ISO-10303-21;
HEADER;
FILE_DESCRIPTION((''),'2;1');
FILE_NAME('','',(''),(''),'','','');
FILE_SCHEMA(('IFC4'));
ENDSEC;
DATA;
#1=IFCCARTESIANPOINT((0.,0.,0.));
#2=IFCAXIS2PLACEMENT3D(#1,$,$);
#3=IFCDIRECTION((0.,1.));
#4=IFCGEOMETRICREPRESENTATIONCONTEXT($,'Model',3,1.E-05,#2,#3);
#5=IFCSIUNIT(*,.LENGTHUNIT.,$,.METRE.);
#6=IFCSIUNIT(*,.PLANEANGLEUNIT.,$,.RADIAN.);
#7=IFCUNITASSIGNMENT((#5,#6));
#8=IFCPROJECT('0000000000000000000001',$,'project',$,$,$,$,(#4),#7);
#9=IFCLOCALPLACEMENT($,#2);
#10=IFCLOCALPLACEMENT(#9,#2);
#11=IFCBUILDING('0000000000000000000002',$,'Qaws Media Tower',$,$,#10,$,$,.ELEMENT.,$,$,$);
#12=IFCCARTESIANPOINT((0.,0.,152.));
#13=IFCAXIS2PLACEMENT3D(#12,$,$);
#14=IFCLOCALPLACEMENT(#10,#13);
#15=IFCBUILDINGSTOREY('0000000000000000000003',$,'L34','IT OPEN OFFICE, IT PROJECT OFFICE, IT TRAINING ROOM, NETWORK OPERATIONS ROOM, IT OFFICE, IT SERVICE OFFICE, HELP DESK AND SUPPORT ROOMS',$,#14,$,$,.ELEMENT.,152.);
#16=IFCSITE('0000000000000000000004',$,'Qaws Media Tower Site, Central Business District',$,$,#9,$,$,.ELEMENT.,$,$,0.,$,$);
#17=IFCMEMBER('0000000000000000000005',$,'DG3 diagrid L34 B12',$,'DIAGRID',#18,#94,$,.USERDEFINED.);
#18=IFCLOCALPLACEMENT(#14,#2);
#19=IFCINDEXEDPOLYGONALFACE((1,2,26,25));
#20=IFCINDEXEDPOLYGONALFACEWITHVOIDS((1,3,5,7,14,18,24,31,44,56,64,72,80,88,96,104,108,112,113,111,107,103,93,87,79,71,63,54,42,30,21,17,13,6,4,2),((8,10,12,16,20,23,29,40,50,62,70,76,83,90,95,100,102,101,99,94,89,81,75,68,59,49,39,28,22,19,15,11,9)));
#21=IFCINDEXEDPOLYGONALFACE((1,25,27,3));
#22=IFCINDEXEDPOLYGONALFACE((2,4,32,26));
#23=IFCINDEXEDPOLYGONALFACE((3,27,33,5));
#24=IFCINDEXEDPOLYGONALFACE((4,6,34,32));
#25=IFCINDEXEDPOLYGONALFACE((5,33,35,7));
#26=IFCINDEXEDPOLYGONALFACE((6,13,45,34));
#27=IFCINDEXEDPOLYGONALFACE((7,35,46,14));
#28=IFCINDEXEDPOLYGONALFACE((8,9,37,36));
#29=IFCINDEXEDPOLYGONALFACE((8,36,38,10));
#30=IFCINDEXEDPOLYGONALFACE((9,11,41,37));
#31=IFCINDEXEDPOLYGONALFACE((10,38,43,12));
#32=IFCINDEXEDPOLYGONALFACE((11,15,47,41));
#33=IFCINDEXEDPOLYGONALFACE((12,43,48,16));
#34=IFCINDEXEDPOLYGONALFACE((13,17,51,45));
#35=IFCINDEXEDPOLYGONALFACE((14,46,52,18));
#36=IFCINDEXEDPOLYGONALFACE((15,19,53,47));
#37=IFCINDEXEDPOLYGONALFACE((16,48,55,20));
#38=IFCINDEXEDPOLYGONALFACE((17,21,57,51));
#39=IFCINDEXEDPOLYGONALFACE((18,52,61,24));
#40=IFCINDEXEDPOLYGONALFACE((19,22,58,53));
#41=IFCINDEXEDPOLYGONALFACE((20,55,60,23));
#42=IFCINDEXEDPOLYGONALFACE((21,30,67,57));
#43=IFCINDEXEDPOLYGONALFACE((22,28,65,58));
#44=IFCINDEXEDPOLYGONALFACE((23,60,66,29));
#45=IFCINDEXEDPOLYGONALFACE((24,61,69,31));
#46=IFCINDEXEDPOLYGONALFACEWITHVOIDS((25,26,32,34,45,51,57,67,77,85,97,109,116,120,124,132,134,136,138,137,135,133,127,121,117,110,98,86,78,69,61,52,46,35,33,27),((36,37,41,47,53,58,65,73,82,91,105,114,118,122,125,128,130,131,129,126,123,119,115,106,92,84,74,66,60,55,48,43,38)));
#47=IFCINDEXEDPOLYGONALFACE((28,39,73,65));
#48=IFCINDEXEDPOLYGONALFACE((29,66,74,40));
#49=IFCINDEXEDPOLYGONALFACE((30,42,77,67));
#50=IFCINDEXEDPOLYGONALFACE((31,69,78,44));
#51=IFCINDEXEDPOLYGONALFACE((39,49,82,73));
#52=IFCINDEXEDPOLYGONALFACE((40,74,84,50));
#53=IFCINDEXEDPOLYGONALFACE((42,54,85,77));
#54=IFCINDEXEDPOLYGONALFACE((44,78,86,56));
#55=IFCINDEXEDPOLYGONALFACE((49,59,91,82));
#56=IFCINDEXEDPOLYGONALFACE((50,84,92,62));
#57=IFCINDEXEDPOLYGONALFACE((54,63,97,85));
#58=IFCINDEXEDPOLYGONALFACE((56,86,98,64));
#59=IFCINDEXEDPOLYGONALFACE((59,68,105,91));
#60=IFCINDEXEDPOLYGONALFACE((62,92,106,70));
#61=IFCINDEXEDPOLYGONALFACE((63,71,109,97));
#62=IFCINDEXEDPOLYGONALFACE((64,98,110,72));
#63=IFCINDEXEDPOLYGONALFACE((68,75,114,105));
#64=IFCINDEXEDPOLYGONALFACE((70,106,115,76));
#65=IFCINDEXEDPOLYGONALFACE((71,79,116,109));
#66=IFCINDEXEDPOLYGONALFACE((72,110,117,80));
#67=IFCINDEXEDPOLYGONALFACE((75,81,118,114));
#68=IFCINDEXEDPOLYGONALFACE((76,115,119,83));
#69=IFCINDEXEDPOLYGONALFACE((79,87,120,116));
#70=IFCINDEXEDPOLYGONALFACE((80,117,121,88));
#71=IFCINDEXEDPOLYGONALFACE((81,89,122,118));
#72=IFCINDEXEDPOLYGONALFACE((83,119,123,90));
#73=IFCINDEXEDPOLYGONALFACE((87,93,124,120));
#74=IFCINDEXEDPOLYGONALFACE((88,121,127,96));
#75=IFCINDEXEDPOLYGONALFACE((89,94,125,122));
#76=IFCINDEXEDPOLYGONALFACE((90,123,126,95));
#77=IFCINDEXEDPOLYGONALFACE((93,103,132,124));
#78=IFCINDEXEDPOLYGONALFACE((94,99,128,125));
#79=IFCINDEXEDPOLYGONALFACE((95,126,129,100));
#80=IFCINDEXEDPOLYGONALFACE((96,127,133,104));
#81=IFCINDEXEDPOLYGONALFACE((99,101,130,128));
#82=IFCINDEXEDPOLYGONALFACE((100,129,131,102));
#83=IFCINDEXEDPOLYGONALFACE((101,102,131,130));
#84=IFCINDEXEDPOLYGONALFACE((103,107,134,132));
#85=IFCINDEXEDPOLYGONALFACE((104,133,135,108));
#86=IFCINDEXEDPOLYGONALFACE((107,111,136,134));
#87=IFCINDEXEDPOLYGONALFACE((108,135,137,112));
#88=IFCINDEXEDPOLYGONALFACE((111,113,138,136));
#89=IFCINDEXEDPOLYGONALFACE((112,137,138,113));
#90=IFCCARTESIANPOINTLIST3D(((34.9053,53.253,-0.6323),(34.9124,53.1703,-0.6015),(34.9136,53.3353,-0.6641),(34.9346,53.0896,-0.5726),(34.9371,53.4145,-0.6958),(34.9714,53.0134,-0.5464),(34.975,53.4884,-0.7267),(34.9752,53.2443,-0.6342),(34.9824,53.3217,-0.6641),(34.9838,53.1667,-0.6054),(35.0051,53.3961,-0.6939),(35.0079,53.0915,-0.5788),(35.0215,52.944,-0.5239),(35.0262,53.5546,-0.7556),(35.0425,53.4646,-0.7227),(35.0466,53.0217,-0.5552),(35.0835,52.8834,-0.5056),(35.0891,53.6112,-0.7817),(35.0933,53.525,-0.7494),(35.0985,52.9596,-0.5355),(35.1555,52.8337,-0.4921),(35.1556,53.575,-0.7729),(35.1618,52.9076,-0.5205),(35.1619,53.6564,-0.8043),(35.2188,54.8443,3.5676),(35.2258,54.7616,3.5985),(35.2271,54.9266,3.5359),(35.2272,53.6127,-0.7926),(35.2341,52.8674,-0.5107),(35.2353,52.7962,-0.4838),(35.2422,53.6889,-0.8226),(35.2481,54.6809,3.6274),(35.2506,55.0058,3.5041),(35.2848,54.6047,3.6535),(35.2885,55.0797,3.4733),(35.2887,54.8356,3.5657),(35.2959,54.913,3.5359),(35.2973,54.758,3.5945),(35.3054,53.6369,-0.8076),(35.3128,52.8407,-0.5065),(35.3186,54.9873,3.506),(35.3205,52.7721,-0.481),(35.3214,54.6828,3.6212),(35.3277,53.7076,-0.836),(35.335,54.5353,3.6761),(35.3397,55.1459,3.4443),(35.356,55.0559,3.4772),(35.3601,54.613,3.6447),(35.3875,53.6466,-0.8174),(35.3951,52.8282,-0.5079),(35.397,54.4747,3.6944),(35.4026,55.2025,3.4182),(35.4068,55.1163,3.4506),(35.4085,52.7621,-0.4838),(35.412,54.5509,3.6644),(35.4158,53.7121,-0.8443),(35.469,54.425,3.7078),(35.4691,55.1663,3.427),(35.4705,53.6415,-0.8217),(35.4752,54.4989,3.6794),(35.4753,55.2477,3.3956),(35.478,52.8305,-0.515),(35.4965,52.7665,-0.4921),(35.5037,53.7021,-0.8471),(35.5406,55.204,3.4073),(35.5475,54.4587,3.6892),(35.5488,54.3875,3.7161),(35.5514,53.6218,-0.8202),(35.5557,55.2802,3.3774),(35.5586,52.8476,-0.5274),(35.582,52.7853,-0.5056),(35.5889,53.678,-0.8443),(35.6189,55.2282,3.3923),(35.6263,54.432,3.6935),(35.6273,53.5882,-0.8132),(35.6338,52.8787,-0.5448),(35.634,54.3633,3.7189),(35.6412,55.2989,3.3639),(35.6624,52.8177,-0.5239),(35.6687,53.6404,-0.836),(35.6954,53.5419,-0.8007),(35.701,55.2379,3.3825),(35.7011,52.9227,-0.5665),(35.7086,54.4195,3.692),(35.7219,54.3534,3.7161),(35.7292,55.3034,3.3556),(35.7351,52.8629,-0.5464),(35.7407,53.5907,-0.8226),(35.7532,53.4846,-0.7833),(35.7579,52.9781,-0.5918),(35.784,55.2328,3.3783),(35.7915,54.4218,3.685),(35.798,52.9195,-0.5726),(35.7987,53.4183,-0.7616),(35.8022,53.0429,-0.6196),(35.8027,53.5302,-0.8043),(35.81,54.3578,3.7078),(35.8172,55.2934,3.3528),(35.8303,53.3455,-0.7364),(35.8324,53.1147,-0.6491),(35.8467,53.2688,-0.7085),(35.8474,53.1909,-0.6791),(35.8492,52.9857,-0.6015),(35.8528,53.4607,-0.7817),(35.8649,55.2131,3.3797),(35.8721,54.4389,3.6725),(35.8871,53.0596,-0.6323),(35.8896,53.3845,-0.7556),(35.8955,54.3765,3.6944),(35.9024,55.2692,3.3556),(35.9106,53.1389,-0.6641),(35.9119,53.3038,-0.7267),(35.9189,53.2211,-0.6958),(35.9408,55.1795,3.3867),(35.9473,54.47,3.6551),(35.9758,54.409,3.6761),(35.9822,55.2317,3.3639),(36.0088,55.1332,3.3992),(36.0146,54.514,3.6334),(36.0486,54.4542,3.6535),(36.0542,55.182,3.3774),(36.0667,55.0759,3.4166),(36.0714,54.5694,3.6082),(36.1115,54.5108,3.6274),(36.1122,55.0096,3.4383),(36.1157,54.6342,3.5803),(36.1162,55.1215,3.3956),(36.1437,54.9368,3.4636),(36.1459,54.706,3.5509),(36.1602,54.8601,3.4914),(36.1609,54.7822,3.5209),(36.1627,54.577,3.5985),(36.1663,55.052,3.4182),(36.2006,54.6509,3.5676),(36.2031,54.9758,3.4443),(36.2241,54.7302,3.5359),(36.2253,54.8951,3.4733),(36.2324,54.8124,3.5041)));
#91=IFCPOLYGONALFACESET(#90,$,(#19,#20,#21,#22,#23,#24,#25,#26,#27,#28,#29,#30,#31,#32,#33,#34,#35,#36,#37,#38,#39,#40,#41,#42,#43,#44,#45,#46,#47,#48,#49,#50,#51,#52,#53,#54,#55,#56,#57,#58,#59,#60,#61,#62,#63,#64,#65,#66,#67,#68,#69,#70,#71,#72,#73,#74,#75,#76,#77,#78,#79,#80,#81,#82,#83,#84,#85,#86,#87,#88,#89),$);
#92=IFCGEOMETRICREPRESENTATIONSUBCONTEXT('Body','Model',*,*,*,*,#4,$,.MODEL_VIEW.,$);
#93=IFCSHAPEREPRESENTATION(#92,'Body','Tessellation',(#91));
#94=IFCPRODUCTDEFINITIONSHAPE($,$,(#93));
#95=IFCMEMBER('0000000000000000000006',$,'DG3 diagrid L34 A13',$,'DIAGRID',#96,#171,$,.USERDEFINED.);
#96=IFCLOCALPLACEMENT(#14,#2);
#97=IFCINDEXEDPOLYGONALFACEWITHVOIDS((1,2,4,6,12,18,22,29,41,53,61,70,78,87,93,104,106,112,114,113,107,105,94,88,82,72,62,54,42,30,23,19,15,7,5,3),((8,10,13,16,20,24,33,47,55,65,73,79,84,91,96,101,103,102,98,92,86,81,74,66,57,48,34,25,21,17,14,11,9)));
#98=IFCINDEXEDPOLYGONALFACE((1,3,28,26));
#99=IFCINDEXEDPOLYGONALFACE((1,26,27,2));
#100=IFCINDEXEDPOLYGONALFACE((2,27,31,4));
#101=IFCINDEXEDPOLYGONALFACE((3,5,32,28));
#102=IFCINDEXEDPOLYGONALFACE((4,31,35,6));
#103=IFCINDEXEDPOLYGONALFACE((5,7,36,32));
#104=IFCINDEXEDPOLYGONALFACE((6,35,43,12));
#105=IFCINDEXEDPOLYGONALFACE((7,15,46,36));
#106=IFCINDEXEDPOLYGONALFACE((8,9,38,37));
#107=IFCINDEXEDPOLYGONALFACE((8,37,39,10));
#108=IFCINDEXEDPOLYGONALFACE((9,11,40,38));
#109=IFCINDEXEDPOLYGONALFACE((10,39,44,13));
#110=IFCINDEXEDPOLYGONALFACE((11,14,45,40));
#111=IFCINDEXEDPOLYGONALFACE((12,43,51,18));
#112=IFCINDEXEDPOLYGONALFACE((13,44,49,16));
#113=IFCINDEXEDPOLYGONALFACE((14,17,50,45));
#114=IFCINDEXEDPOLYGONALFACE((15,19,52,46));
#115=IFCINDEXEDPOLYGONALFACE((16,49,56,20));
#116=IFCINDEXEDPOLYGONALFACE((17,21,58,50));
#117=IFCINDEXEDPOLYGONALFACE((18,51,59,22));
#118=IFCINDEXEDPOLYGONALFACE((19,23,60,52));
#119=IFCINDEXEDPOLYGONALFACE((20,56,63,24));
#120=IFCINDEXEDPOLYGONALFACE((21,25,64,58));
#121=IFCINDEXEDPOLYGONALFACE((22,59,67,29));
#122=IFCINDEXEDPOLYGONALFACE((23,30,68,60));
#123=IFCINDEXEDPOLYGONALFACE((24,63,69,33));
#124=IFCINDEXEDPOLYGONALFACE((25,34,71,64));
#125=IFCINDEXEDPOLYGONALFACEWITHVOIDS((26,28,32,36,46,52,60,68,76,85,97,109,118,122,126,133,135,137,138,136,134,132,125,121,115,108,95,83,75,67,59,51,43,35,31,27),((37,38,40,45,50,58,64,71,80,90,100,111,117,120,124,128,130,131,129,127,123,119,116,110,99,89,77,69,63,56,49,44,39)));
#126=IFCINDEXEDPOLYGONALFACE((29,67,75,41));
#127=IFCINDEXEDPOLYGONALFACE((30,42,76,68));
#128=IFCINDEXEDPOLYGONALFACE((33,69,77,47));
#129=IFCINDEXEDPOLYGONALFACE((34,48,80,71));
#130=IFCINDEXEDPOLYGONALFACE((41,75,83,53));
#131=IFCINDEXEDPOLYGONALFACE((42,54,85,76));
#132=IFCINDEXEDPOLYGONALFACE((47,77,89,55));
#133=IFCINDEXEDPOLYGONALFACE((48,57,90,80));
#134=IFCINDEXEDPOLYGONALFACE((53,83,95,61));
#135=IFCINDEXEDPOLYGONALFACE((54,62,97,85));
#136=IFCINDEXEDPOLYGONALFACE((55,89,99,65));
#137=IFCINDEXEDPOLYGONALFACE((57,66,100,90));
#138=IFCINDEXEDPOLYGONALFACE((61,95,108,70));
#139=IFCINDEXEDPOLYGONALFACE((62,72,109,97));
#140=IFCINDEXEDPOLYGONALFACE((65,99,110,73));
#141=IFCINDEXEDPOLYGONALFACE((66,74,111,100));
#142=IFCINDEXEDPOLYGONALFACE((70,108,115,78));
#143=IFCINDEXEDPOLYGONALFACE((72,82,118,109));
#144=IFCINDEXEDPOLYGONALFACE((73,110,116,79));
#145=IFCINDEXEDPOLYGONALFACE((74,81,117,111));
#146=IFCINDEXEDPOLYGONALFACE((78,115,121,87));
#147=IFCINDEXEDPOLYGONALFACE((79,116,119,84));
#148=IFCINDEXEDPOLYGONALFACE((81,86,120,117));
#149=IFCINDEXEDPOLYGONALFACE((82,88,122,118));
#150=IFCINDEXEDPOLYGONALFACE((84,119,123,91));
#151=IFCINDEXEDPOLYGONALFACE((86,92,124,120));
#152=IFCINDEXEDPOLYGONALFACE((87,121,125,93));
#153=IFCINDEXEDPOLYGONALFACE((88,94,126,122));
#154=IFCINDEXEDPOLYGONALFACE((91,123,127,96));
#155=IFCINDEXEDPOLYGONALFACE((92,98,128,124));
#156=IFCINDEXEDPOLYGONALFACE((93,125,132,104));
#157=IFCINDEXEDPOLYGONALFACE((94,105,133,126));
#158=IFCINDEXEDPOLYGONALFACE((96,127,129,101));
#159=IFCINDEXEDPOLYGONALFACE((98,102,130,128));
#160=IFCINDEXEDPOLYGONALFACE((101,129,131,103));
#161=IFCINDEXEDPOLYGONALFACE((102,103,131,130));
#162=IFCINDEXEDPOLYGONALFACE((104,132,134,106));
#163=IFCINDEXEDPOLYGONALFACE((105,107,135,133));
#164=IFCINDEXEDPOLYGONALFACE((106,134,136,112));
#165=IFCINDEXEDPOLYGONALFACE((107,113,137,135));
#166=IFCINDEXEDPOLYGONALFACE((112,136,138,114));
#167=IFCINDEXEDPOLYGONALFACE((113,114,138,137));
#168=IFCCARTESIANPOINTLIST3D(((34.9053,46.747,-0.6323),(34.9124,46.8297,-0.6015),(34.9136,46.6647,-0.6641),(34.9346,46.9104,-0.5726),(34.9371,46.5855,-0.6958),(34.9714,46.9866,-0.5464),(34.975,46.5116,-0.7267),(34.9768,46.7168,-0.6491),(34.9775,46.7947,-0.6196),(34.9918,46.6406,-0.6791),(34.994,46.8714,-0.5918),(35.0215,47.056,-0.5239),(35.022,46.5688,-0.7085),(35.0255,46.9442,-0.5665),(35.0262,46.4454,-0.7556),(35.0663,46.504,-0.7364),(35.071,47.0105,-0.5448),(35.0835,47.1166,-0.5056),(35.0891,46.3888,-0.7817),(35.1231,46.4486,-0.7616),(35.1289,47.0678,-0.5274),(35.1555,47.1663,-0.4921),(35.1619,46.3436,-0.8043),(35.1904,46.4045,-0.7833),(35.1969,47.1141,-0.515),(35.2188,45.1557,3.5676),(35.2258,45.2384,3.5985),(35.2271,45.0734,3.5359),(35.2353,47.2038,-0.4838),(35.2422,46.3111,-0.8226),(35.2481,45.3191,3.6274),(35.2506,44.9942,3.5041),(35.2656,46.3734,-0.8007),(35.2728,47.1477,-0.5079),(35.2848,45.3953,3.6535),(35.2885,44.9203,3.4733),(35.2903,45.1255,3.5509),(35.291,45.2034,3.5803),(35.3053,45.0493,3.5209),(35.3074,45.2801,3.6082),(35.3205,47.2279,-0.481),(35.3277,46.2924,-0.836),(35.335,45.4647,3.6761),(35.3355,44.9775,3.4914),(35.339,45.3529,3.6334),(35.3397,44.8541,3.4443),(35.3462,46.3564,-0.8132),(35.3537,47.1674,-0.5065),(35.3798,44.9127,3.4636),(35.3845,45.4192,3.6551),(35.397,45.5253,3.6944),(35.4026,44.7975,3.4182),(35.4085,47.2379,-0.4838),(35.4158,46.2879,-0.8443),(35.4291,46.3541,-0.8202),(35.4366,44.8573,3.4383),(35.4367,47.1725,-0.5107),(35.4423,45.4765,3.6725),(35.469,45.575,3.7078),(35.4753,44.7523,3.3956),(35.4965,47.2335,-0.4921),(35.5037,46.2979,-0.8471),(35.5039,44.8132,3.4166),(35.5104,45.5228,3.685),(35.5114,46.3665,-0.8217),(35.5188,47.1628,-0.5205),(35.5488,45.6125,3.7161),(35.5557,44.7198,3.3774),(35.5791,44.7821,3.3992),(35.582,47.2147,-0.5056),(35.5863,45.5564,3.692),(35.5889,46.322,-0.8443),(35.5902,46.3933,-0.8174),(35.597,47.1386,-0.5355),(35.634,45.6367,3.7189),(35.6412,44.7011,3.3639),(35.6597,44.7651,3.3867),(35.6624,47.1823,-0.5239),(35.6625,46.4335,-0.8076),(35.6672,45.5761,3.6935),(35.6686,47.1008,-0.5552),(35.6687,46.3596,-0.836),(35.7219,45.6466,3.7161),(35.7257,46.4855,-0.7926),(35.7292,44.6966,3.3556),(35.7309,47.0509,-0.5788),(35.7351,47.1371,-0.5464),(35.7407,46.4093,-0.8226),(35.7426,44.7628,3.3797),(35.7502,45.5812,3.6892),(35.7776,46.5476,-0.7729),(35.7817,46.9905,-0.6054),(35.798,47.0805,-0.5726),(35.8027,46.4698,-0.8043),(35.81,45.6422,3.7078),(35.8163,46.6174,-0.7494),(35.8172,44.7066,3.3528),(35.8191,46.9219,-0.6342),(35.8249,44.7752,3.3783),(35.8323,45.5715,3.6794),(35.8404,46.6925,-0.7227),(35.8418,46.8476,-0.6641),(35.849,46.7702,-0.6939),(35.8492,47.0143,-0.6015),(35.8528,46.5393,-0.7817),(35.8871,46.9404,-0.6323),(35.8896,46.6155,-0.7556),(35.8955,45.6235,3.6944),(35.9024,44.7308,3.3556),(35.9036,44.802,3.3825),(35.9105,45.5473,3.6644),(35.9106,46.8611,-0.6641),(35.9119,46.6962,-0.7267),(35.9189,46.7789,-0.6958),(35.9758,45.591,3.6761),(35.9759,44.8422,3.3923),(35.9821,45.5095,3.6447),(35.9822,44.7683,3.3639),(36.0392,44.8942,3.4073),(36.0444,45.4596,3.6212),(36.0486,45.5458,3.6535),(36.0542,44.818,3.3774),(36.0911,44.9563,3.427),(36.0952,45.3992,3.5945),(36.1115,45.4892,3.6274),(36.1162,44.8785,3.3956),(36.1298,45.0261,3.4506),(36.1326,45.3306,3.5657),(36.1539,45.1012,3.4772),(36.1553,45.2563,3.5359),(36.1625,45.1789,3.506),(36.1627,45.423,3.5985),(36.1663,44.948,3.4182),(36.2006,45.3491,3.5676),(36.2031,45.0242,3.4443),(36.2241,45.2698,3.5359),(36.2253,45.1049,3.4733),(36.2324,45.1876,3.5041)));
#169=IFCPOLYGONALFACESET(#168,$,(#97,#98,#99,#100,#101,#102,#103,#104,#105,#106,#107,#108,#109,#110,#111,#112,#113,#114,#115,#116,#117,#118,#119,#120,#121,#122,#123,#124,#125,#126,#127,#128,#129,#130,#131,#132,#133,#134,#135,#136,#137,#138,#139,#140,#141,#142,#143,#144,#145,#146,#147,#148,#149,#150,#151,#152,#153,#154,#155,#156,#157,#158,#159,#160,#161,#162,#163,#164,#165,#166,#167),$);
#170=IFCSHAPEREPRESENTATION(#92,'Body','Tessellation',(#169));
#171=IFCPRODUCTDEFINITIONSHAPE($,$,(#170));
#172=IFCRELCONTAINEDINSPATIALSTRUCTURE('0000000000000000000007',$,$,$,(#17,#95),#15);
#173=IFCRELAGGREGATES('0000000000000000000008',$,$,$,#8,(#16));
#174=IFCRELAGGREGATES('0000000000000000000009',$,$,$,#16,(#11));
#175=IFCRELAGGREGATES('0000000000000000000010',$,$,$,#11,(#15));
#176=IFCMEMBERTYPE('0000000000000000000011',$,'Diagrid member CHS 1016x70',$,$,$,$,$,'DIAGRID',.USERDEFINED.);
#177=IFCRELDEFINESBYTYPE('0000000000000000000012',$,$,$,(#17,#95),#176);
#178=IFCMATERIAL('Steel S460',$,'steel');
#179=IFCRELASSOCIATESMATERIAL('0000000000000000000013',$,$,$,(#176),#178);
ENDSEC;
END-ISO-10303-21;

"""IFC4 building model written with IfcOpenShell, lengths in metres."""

from ifc_helpers import new_model, si_unit, direction, frame, origin, origin_2d, place, context, subcontext, project, spatial, hollow_circle, extrude, material, material_profile, profile_set, type_object, element, save


model = new_model("IFC4")

# Units and contexts
model_context = context("Model", 3, precision=1e-05, world=origin(), true_north=direction((0.0, 1.0)))
body_context = subcontext(model_context, "Body", "Model", "MODEL_VIEW")
ifc_project = project(units=[si_unit("LENGTHUNIT", "METRE"), si_unit("PLANEANGLEUNIT", "RADIAN")], contexts=[model_context])

# Site, building, storey
site_placement = place(None, origin())
site = spatial("IfcSite", under=ifc_project, at=site_placement, Name="Qaws Media Tower Site, Central Business District", CompositionType="ELEMENT", RefElevation=0.0)
building_placement = place(site_placement, origin())
building = spatial("IfcBuilding", under=site, at=building_placement, Name="Qaws Media Tower", CompositionType="ELEMENT")
storey_placement = place(building_placement, frame((0.0, 0.0, 152.0)))
storey = spatial("IfcBuildingStorey", under=building, at=storey_placement, Name="L34", Description="IT OPEN OFFICE, IT PROJECT OFFICE, IT TRAINING ROOM, NETWORK OPERATIONS ROOM, IT OFFICE, IT SERVICE OFFICE, HELP DESK AND SUPPORT ROOMS", CompositionType="ELEMENT", Elevation=152.0)

# Members
ifc_material_1 = material(Name="Steel S460", Category="steel")
ifc_material_profile_1 = material_profile(ifc_material_1, hollow_circle(Radius=0.5081, WallThickness=0.0701, at=origin_2d()), Name="CHS 1016x70")
ifc_profile_set_1 = profile_set([ifc_material_profile_1], Name="Steel S460")
member_type_1 = type_object("IfcMemberType", Name="Diagrid member CHS 1016x70", ElementType="DIAGRID", PredefinedType="USERDEFINED", material=ifc_profile_set_1)
for number, where, z_axis, x_axis, name in (
    (1, (35.4121, 53.2371, -0.6641), (0.069627, 0.353449, 0.932859), (-0.981144, 0.193278, 0.0), "DG3 diagrid L34 B12"),
    (2, (35.4121, 46.7629, -0.6641), (0.069627, -0.353449, 0.932859), (0.981144, 0.193278, 0.0), "DG3 diagrid L34 A13"),
):
    element("IfcMember", number, at=place(storey_placement, frame(where, z_axis=z_axis, x_axis=x_axis)), inside=storey, type_object=member_type_1, Name=name, ObjectType="DIAGRID", PredefinedType="USERDEFINED", context=body_context, shape_type="SweptSolid", body=[
        extrude(hollow_circle(Radius=0.5081, WallThickness=0.0701, at=origin_2d()), origin(), (0.0, 0.0, 1.0), 4.5022),
    ])

save(model, "model.ifc")
